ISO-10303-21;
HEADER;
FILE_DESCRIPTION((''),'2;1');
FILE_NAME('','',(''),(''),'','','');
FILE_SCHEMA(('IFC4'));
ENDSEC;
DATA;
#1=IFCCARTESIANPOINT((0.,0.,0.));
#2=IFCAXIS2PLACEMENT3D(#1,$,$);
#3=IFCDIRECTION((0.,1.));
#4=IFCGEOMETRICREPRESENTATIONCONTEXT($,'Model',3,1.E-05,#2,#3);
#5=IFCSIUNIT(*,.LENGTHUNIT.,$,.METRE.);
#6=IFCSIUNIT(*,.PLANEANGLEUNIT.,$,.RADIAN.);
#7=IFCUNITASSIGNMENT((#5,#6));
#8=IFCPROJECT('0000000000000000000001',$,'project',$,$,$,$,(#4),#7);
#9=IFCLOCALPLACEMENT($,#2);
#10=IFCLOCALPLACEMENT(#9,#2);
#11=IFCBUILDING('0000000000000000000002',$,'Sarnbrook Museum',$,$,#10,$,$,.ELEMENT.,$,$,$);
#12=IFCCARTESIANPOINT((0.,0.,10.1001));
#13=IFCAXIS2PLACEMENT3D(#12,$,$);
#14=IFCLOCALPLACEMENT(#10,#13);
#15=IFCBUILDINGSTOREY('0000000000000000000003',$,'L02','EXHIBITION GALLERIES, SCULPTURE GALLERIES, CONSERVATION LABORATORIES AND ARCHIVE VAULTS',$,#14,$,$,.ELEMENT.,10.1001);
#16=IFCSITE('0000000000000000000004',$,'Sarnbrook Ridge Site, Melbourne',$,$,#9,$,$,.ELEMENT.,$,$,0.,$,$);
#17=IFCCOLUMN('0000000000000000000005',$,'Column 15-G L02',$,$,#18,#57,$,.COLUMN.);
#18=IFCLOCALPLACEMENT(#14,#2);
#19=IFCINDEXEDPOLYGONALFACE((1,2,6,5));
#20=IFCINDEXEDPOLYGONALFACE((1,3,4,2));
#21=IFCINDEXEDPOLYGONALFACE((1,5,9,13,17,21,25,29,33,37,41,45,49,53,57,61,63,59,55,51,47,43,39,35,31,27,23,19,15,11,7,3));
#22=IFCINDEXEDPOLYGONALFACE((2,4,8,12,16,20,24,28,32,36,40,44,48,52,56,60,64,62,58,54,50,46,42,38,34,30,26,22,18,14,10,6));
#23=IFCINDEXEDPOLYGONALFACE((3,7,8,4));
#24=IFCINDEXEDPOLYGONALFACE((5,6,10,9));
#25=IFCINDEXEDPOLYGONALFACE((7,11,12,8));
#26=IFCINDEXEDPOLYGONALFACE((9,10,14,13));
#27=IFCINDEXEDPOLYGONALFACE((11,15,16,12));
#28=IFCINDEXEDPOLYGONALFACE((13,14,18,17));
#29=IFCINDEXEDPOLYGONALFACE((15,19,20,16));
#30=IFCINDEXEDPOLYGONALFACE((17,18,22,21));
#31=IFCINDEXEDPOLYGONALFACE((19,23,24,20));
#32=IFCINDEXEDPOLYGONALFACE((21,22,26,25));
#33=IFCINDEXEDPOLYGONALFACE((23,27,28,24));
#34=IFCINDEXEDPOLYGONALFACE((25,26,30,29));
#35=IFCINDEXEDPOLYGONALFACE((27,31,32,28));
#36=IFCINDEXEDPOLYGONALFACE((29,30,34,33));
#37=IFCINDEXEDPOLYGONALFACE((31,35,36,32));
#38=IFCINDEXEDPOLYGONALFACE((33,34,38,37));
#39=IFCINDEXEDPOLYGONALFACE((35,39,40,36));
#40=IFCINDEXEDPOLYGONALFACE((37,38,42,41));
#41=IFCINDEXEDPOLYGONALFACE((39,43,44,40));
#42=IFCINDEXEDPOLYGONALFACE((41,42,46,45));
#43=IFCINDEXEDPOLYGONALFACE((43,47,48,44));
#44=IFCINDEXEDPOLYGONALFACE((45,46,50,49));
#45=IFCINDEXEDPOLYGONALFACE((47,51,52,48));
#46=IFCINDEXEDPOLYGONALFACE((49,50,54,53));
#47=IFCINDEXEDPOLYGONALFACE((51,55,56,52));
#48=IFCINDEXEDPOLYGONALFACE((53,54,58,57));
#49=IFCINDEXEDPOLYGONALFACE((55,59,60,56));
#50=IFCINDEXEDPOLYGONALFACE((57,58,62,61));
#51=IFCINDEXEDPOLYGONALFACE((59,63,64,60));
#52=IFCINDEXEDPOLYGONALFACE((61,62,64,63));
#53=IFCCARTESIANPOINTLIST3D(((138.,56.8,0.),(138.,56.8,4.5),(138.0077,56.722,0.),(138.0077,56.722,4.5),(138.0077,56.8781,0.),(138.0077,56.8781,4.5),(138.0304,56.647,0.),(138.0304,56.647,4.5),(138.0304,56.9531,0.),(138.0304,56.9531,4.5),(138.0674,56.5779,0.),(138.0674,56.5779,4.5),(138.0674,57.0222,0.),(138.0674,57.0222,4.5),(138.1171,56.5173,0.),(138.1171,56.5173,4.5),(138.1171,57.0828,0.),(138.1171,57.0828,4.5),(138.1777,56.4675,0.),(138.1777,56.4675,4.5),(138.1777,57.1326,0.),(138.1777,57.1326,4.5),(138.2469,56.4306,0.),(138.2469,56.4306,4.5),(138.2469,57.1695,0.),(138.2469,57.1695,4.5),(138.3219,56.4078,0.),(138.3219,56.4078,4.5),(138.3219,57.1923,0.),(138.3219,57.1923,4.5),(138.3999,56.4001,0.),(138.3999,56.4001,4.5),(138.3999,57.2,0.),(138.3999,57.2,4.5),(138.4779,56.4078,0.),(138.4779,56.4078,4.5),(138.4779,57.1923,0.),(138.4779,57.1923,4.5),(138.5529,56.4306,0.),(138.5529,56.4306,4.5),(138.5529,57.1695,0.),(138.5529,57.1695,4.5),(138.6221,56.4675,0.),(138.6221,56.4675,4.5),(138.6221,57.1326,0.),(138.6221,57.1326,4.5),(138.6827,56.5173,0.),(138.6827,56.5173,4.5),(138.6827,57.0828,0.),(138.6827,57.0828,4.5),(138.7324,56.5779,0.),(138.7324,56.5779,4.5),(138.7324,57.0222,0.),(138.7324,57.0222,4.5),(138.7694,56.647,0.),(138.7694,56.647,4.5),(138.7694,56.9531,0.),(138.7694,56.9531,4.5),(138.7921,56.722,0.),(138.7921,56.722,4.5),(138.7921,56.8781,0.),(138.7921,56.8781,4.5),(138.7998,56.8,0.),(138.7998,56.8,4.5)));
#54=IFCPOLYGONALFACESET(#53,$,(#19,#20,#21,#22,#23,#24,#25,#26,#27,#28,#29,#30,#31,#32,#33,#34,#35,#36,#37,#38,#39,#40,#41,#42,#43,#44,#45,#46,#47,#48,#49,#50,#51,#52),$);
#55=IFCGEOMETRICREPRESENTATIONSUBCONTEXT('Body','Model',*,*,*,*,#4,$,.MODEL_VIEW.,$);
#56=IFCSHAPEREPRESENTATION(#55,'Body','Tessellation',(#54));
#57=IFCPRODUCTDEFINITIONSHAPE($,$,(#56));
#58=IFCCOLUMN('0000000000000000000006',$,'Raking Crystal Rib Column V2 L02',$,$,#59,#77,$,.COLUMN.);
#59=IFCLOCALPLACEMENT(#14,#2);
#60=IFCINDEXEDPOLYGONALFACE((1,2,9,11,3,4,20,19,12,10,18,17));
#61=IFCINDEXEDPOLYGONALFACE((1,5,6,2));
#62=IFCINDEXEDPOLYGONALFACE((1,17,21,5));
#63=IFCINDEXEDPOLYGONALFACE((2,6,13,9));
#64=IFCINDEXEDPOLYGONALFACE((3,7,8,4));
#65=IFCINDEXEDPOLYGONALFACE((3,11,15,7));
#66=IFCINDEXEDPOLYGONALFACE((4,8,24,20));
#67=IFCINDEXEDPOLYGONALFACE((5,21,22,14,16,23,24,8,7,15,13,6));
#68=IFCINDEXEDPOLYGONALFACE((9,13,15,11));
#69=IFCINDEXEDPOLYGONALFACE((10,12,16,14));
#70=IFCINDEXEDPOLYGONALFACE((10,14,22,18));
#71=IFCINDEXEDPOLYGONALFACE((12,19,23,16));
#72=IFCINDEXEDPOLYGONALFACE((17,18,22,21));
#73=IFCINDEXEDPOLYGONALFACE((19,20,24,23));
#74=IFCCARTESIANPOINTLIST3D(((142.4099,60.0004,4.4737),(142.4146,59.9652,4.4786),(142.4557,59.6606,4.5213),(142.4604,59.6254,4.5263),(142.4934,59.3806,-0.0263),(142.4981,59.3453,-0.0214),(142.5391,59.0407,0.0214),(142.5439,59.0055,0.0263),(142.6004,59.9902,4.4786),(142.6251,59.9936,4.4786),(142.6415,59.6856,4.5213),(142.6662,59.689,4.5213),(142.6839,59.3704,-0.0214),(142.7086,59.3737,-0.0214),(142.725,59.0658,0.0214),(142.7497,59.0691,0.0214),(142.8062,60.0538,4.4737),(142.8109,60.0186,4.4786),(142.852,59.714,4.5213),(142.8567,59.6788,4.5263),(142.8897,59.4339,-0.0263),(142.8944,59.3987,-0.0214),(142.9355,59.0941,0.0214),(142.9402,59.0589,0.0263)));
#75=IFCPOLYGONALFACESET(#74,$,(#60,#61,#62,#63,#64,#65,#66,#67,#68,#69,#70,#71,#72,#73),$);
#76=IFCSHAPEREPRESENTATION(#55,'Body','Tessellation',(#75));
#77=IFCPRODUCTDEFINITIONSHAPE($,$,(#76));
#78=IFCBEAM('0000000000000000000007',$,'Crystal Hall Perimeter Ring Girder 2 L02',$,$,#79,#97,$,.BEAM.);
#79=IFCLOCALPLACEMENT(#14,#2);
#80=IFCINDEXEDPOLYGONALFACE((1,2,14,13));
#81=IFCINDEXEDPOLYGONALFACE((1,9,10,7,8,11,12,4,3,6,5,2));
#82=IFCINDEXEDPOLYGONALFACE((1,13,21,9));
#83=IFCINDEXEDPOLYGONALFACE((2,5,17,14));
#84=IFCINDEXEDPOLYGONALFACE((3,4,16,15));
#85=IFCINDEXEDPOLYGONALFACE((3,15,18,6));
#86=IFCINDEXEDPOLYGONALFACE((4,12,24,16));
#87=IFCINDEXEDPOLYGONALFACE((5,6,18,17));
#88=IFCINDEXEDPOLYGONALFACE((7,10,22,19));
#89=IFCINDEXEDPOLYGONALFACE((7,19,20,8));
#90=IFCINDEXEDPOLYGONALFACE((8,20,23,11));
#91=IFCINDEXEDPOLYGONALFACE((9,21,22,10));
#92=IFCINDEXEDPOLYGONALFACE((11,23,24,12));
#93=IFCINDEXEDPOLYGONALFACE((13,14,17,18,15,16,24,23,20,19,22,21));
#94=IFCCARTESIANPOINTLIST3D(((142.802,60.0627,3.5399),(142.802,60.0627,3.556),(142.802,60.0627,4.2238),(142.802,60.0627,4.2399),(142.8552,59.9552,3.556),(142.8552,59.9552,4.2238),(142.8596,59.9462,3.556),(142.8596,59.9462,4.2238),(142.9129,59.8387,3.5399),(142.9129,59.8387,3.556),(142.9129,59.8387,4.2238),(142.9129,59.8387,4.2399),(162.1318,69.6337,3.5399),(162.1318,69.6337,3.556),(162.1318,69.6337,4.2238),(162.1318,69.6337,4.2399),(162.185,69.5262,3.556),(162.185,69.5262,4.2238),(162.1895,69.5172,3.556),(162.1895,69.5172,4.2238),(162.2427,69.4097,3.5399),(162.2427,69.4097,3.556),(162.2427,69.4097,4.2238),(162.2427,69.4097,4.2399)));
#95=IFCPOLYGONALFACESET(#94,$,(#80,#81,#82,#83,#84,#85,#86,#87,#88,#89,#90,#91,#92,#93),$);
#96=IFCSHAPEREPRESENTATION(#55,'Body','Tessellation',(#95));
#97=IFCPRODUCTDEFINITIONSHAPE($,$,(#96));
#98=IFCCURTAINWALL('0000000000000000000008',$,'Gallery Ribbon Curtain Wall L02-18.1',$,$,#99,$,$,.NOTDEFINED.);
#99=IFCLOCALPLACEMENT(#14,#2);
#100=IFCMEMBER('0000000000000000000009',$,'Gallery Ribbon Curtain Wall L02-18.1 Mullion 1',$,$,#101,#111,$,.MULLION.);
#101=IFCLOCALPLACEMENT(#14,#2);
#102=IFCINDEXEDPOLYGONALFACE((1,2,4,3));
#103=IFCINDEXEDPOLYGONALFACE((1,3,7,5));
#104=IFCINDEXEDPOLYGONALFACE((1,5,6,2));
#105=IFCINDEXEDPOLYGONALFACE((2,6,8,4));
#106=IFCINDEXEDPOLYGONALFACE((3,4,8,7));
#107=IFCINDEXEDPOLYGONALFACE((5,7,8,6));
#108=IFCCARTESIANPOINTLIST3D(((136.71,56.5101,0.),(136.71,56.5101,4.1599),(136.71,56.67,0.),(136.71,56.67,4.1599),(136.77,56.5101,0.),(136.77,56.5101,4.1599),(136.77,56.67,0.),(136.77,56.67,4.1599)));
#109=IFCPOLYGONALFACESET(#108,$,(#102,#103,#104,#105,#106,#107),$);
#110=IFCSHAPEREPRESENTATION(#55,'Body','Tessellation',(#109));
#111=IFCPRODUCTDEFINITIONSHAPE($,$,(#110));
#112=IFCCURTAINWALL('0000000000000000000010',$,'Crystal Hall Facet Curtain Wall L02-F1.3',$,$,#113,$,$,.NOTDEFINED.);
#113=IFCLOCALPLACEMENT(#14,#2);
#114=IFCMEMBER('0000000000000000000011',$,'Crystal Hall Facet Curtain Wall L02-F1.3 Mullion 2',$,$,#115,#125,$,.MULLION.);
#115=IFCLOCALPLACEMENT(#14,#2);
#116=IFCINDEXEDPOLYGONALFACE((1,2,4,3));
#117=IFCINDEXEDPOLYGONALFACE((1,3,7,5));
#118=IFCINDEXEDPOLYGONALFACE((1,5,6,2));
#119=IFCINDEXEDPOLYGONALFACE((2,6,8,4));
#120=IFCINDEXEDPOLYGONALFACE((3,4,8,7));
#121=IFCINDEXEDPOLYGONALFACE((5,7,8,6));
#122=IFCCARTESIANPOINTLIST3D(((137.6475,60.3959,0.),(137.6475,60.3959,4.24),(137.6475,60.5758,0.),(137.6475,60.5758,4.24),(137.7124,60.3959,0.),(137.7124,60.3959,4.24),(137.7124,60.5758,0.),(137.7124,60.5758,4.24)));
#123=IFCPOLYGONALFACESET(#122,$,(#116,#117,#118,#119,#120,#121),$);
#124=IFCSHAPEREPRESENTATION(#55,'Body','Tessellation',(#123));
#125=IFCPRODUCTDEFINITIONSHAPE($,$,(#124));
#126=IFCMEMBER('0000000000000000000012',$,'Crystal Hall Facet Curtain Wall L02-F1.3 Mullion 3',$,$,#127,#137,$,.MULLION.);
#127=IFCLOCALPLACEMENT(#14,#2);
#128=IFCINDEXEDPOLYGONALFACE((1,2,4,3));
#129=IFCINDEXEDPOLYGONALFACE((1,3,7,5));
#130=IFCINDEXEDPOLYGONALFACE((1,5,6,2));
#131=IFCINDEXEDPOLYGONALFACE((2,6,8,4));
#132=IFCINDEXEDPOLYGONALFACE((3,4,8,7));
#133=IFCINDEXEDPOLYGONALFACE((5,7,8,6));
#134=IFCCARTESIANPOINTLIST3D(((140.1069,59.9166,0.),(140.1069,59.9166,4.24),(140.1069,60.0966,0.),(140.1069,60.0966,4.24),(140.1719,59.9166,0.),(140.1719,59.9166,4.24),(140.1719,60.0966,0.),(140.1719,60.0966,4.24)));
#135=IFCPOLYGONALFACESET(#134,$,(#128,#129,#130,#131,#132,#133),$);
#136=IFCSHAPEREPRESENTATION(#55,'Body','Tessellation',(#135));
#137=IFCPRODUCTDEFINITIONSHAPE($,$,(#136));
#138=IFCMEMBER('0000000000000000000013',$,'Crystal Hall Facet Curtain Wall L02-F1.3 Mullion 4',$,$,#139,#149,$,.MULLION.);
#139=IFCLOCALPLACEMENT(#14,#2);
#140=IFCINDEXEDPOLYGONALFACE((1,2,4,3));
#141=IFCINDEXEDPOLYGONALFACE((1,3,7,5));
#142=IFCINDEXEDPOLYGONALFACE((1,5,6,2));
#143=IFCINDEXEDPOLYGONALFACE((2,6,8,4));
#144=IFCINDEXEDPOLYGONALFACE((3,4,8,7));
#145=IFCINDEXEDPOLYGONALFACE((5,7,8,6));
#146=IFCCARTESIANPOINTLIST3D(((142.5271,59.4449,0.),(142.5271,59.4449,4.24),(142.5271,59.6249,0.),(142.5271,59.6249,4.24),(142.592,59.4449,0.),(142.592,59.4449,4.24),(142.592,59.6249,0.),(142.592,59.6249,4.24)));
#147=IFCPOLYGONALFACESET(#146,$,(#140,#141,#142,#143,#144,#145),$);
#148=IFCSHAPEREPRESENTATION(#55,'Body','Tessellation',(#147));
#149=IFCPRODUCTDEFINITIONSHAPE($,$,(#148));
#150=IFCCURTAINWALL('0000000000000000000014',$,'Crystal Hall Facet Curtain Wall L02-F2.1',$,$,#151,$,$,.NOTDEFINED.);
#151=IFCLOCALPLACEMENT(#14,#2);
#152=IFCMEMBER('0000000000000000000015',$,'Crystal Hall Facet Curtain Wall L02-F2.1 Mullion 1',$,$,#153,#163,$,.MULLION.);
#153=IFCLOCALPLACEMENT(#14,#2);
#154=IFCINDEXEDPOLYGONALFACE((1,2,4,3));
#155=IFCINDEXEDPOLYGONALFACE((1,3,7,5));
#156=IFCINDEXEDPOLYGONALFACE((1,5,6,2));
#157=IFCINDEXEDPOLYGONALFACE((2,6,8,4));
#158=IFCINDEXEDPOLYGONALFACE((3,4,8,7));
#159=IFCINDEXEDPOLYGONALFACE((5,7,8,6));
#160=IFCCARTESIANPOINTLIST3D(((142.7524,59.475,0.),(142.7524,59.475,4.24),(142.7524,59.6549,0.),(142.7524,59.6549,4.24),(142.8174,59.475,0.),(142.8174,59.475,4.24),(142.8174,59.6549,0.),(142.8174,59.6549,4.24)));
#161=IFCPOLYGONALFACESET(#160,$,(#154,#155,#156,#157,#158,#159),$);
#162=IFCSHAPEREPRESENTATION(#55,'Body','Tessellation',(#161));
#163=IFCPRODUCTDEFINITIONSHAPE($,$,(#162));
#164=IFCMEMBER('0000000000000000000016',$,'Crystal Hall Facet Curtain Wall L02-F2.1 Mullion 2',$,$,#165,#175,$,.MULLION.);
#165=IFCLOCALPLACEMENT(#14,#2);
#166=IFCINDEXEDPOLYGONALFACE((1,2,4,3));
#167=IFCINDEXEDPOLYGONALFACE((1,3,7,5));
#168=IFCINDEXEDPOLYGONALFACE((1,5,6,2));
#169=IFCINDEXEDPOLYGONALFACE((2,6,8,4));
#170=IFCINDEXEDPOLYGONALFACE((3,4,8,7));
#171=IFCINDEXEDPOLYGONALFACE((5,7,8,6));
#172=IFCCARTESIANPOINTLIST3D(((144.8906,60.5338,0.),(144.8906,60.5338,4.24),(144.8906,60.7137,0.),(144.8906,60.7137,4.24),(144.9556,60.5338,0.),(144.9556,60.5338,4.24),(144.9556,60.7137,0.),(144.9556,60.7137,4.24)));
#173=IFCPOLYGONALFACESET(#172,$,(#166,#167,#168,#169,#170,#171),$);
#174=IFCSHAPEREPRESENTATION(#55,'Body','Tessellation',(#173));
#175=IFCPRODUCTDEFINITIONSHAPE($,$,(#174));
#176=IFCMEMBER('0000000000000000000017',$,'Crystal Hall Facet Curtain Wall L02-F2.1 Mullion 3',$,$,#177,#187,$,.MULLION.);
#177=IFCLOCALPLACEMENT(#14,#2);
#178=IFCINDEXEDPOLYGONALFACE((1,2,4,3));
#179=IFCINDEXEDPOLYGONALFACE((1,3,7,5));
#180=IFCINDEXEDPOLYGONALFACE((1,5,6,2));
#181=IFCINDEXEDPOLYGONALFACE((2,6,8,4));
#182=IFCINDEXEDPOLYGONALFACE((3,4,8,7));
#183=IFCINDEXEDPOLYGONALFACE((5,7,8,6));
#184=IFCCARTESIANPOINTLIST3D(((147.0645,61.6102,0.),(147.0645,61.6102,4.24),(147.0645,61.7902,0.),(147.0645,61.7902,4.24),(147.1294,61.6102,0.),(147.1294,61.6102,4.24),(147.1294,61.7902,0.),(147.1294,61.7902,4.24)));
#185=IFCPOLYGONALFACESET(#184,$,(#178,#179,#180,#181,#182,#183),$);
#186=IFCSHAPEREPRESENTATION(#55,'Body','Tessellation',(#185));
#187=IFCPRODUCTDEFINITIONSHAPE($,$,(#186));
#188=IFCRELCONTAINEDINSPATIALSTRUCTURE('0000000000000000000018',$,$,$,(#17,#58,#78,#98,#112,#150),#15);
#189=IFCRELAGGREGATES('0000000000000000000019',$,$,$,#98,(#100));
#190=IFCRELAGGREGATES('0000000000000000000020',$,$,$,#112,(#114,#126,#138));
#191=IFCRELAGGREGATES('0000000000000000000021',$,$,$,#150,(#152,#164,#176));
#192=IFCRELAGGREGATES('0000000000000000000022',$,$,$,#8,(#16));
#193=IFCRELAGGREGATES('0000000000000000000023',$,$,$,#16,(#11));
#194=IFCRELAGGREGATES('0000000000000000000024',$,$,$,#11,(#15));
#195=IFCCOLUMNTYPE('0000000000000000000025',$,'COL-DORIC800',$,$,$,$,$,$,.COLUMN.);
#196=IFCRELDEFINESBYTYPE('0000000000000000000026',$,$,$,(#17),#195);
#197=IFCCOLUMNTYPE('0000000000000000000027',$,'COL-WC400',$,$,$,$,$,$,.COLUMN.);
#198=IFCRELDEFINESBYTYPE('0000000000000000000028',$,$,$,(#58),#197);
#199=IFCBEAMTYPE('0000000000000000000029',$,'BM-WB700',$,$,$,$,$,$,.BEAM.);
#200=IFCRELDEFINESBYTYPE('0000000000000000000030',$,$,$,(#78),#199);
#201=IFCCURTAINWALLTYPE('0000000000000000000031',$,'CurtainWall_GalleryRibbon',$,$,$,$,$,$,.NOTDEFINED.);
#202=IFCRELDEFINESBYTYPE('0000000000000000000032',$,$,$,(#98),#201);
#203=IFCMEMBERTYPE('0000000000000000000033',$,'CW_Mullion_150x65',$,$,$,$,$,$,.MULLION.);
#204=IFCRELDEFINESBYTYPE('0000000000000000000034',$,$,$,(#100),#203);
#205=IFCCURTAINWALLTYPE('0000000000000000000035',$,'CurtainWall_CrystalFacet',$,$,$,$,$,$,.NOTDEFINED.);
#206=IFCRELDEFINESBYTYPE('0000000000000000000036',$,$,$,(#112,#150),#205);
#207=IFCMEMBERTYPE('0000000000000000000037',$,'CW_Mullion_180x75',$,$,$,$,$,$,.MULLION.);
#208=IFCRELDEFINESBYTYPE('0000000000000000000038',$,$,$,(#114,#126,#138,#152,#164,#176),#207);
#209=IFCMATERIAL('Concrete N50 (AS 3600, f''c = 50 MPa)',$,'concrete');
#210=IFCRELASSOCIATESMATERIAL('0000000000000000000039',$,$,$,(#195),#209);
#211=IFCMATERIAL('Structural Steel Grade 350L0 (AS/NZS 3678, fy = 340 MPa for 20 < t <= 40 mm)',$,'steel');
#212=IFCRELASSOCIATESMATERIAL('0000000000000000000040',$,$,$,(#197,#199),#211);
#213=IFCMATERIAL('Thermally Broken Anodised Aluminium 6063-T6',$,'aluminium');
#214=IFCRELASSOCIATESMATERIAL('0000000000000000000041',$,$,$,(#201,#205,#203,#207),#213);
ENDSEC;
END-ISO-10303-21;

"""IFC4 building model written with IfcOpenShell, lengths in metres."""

from ifc_helpers import new_model, si_unit, direction, frame, origin, origin_2d, place, context, subcontext, project, spatial, rectangle, circle, i_section, extrude, material, material_profile, profile_set, type_object, element, aggregate, save


model = new_model("IFC4")

# Units and contexts
model_context = context("Model", 3, precision=1e-05, world=origin(), true_north=direction((0.0, 1.0)))
body_context = subcontext(model_context, "Body", "Model", "MODEL_VIEW")
ifc_project = project(units=[si_unit("LENGTHUNIT", "METRE"), si_unit("PLANEANGLEUNIT", "RADIAN")], contexts=[model_context])

# Site, building, storey
site_placement = place(None, origin())
site = spatial("IfcSite", under=ifc_project, at=site_placement, Name="Sarnbrook Ridge Site, Melbourne", CompositionType="ELEMENT", RefElevation=0.0)
building_placement = place(site_placement, origin())
building = spatial("IfcBuilding", under=site, at=building_placement, Name="Sarnbrook Museum", CompositionType="ELEMENT")
storey_placement = place(building_placement, frame((0.0, 0.0, 10.1001)))
storey = spatial("IfcBuildingStorey", under=building, at=storey_placement, Name="L02", Description="EXHIBITION GALLERIES, SCULPTURE GALLERIES, CONSERVATION LABORATORIES AND ARCHIVE VAULTS", CompositionType="ELEMENT", Elevation=10.1001)

# Columns
ifc_material_1 = material(Name="Concrete N50 (AS 3600, f'c = 50 MPa)", Category="concrete")
ifc_material_profile_1 = material_profile(ifc_material_1, circle(Radius=0.3999, at=origin_2d()), Name="DORIC D800")
ifc_profile_set_1 = profile_set([ifc_material_profile_1], Name="Concrete N50 (AS 3600, f'c = 50 MPa)")
column_type_1 = type_object("IfcColumnType", Name="COL-DORIC800", PredefinedType="COLUMN", material=ifc_profile_set_1)
column_1_placement = place(storey_placement, frame((138.3999, 56.8, 0.0), z_axis=(0.0, 0.0, 1.0), x_axis=(1.0, 0.0, 0.0)))
element("IfcColumn", 1, at=column_1_placement, inside=storey, type_object=column_type_1, Name="Column 15-G L02", PredefinedType="COLUMN", context=body_context, shape_type="SweptSolid", body=[
    extrude(circle(Radius=0.3999, at=origin_2d()), origin(), (0.0, 0.0, 1.0), 4.5),
])
ifc_material_2 = material(Name="Structural Steel Grade 350L0 (AS/NZS 3678, fy = 340 MPa for 20 < t <= 40 mm)", Category="steel")
ifc_material_profile_2 = material_profile(ifc_material_2, i_section(OverallWidth=0.3999, OverallDepth=0.3821, WebThickness=0.0249, FlangeThickness=0.0359, at=origin_2d()), Name="400WC270")
ifc_profile_set_2 = profile_set([ifc_material_profile_2], Name="Structural Steel Grade 350L0 (AS/NZS 3678, fy = 340 MPa for 20 < t <= 40 mm)")
column_type_2 = type_object("IfcColumnType", Name="COL-WC400", PredefinedType="COLUMN", material=ifc_profile_set_2)
column_2_placement = place(storey_placement, frame((142.7168, 59.2197, 0.0), z_axis=(-0.018378, 0.136438, 0.990478), x_axis=(-0.99105, -0.133493, 0.0)))
element("IfcColumn", 2, at=column_2_placement, inside=storey, type_object=column_type_2, Name="Raking Crystal Rib Column V2 L02", PredefinedType="COLUMN", context=body_context, shape_type="SweptSolid", body=[
    extrude(i_section(OverallWidth=0.3999, OverallDepth=0.3821, WebThickness=0.0249, FlangeThickness=0.0359, at=origin_2d()), origin(), (0.0, 0.0, 1.0), 4.5432),
])

# Beam
ifc_material_profile_3 = material_profile(ifc_material_2, i_section(OverallWidth=0.25, OverallDepth=0.7, WebThickness=0.01, FlangeThickness=0.0161, at=origin_2d()), Name="700WB130")
ifc_profile_set_3 = profile_set([ifc_material_profile_3], Name="Structural Steel Grade 350L0 (AS/NZS 3678, fy = 340 MPa for 20 < t <= 40 mm)")
beam_type = type_object("IfcBeamType", Name="BM-WB700", PredefinedType="BEAM", material=ifc_profile_set_3)
beam_placement = place(storey_placement, frame((142.8574, 59.9507, 3.8899), z_axis=(0.896161, 0.443729, 0.0), x_axis=(-0.443729, 0.896161, 0.0)))
element("IfcBeam", 3, at=beam_placement, inside=storey, type_object=beam_type, Name="Crystal Hall Perimeter Ring Girder 2 L02", PredefinedType="BEAM", context=body_context, shape_type="SweptSolid", body=[
    extrude(i_section(OverallWidth=0.25, OverallDepth=0.7, WebThickness=0.01, FlangeThickness=0.0161, at=origin_2d()), origin(), (0.0, 0.0, 1.0), 21.5696),
])

# Curtain wall, member
ifc_material_3 = material(Name="Thermally Broken Anodised Aluminium 6063-T6", Category="aluminium")
curtain_wall_type_1 = type_object("IfcCurtainWallType", Name="CurtainWall_GalleryRibbon", PredefinedType="NOTDEFINED", material=ifc_material_3)
curtain_wall_1_placement = place(storey_placement, origin())
curtain_wall_1 = element("IfcCurtainWall", 4, at=curtain_wall_1_placement, inside=storey, type_object=curtain_wall_type_1, Name="Gallery Ribbon Curtain Wall L02-18.1", PredefinedType="NOTDEFINED")
ifc_material_profile_4 = material_profile(ifc_material_3, rectangle(XDim=0.0601, YDim=0.1599, at=origin_2d()), Name="ALU MULLION 60x160")
ifc_profile_set_4 = profile_set([ifc_material_profile_4], Name="Thermally Broken Anodised Aluminium 6063-T6")
member_type_1 = type_object("IfcMemberType", Name="CW_Mullion_150x65", PredefinedType="MULLION", material=ifc_profile_set_4)
member_1_placement = place(storey_placement, frame((136.74, 56.5901, 0.0), z_axis=(0.0, 0.0, 1.0), x_axis=(1.0, 0.0, 0.0)))
member_1 = element("IfcMember", 5, at=member_1_placement, type_object=member_type_1, Name="Gallery Ribbon Curtain Wall L02-18.1 Mullion 1", PredefinedType="MULLION", context=body_context, shape_type="SweptSolid", body=[
    extrude(rectangle(XDim=0.0601, YDim=0.1599, at=origin_2d()), origin(), (0.0, 0.0, 1.0), 4.1599),
])

# Curtain walls, members
curtain_wall_type_2 = type_object("IfcCurtainWallType", Name="CurtainWall_CrystalFacet", PredefinedType="NOTDEFINED", material=ifc_material_3)
curtain_wall_2_placement = place(storey_placement, origin())
curtain_wall_2 = element("IfcCurtainWall", 6, at=curtain_wall_2_placement, inside=storey, type_object=curtain_wall_type_2, Name="Crystal Hall Facet Curtain Wall L02-F1.3", PredefinedType="NOTDEFINED")
ifc_material_profile_5 = material_profile(ifc_material_3, rectangle(XDim=0.0649, YDim=0.1799, at=origin_2d()), Name="ALU MULLION 65x180")
ifc_profile_set_5 = profile_set([ifc_material_profile_5], Name="Thermally Broken Anodised Aluminium 6063-T6")
member_type_2 = type_object("IfcMemberType", Name="CW_Mullion_180x75", PredefinedType="MULLION", material=ifc_profile_set_5)
member_2_placement = place(storey_placement, frame((137.6799, 60.4858, 0.0), z_axis=(0.0, 0.0, 1.0), x_axis=(1.0, 0.0, 0.0)))
member_2 = element("IfcMember", 7, at=member_2_placement, type_object=member_type_2, Name="Crystal Hall Facet Curtain Wall L02-F1.3 Mullion 2", PredefinedType="MULLION", context=body_context, shape_type="SweptSolid", body=[
    extrude(rectangle(XDim=0.0649, YDim=0.1799, at=origin_2d()), origin(), (0.0, 0.0, 1.0), 4.24),
])
member_3_placement = place(storey_placement, frame((140.1394, 60.0066, 0.0), z_axis=(0.0, 0.0, 1.0), x_axis=(1.0, 0.0, 0.0)))
member_3 = element("IfcMember", 8, at=member_3_placement, type_object=member_type_2, Name="Crystal Hall Facet Curtain Wall L02-F1.3 Mullion 3", PredefinedType="MULLION", context=body_context, shape_type="SweptSolid", body=[
    extrude(rectangle(XDim=0.0649, YDim=0.1799, at=origin_2d()), origin(), (0.0, 0.0, 1.0), 4.24),
])
member_4_placement = place(storey_placement, frame((142.5596, 59.5349, 0.0), z_axis=(0.0, 0.0, 1.0), x_axis=(1.0, 0.0, 0.0)))
member_4 = element("IfcMember", 9, at=member_4_placement, type_object=member_type_2, Name="Crystal Hall Facet Curtain Wall L02-F1.3 Mullion 4", PredefinedType="MULLION", context=body_context, shape_type="SweptSolid", body=[
    extrude(rectangle(XDim=0.0649, YDim=0.1799, at=origin_2d()), origin(), (0.0, 0.0, 1.0), 4.24),
])
curtain_wall_3_placement = place(storey_placement, origin())
curtain_wall_3 = element("IfcCurtainWall", 10, at=curtain_wall_3_placement, inside=storey, type_object=curtain_wall_type_2, Name="Crystal Hall Facet Curtain Wall L02-F2.1", PredefinedType="NOTDEFINED")
member_5_placement = place(storey_placement, frame((142.7849, 59.5649, 0.0), z_axis=(0.0, 0.0, 1.0), x_axis=(1.0, 0.0, 0.0)))
member_5 = element("IfcMember", 11, at=member_5_placement, type_object=member_type_2, Name="Crystal Hall Facet Curtain Wall L02-F2.1 Mullion 1", PredefinedType="MULLION", context=body_context, shape_type="SweptSolid", body=[
    extrude(rectangle(XDim=0.0649, YDim=0.1799, at=origin_2d()), origin(), (0.0, 0.0, 1.0), 4.24),
])
member_6_placement = place(storey_placement, frame((144.9231, 60.6238, 0.0), z_axis=(0.0, 0.0, 1.0), x_axis=(1.0, 0.0, 0.0)))
member_6 = element("IfcMember", 12, at=member_6_placement, type_object=member_type_2, Name="Crystal Hall Facet Curtain Wall L02-F2.1 Mullion 2", PredefinedType="MULLION", context=body_context, shape_type="SweptSolid", body=[
    extrude(rectangle(XDim=0.0649, YDim=0.1799, at=origin_2d()), origin(), (0.0, 0.0, 1.0), 4.24),
])
member_7_placement = place(storey_placement, frame((147.0969, 61.7002, 0.0), z_axis=(0.0, 0.0, 1.0), x_axis=(1.0, 0.0, 0.0)))
member_7 = element("IfcMember", 13, at=member_7_placement, type_object=member_type_2, Name="Crystal Hall Facet Curtain Wall L02-F2.1 Mullion 3", PredefinedType="MULLION", context=body_context, shape_type="SweptSolid", body=[
    extrude(rectangle(XDim=0.0649, YDim=0.1799, at=origin_2d()), origin(), (0.0, 0.0, 1.0), 4.24),
])

aggregate(curtain_wall_1, [member_1])

aggregate(curtain_wall_2, [member_2, member_3, member_4])
aggregate(curtain_wall_3, [member_5, member_6, member_7])

save(model, "model.ifc")
